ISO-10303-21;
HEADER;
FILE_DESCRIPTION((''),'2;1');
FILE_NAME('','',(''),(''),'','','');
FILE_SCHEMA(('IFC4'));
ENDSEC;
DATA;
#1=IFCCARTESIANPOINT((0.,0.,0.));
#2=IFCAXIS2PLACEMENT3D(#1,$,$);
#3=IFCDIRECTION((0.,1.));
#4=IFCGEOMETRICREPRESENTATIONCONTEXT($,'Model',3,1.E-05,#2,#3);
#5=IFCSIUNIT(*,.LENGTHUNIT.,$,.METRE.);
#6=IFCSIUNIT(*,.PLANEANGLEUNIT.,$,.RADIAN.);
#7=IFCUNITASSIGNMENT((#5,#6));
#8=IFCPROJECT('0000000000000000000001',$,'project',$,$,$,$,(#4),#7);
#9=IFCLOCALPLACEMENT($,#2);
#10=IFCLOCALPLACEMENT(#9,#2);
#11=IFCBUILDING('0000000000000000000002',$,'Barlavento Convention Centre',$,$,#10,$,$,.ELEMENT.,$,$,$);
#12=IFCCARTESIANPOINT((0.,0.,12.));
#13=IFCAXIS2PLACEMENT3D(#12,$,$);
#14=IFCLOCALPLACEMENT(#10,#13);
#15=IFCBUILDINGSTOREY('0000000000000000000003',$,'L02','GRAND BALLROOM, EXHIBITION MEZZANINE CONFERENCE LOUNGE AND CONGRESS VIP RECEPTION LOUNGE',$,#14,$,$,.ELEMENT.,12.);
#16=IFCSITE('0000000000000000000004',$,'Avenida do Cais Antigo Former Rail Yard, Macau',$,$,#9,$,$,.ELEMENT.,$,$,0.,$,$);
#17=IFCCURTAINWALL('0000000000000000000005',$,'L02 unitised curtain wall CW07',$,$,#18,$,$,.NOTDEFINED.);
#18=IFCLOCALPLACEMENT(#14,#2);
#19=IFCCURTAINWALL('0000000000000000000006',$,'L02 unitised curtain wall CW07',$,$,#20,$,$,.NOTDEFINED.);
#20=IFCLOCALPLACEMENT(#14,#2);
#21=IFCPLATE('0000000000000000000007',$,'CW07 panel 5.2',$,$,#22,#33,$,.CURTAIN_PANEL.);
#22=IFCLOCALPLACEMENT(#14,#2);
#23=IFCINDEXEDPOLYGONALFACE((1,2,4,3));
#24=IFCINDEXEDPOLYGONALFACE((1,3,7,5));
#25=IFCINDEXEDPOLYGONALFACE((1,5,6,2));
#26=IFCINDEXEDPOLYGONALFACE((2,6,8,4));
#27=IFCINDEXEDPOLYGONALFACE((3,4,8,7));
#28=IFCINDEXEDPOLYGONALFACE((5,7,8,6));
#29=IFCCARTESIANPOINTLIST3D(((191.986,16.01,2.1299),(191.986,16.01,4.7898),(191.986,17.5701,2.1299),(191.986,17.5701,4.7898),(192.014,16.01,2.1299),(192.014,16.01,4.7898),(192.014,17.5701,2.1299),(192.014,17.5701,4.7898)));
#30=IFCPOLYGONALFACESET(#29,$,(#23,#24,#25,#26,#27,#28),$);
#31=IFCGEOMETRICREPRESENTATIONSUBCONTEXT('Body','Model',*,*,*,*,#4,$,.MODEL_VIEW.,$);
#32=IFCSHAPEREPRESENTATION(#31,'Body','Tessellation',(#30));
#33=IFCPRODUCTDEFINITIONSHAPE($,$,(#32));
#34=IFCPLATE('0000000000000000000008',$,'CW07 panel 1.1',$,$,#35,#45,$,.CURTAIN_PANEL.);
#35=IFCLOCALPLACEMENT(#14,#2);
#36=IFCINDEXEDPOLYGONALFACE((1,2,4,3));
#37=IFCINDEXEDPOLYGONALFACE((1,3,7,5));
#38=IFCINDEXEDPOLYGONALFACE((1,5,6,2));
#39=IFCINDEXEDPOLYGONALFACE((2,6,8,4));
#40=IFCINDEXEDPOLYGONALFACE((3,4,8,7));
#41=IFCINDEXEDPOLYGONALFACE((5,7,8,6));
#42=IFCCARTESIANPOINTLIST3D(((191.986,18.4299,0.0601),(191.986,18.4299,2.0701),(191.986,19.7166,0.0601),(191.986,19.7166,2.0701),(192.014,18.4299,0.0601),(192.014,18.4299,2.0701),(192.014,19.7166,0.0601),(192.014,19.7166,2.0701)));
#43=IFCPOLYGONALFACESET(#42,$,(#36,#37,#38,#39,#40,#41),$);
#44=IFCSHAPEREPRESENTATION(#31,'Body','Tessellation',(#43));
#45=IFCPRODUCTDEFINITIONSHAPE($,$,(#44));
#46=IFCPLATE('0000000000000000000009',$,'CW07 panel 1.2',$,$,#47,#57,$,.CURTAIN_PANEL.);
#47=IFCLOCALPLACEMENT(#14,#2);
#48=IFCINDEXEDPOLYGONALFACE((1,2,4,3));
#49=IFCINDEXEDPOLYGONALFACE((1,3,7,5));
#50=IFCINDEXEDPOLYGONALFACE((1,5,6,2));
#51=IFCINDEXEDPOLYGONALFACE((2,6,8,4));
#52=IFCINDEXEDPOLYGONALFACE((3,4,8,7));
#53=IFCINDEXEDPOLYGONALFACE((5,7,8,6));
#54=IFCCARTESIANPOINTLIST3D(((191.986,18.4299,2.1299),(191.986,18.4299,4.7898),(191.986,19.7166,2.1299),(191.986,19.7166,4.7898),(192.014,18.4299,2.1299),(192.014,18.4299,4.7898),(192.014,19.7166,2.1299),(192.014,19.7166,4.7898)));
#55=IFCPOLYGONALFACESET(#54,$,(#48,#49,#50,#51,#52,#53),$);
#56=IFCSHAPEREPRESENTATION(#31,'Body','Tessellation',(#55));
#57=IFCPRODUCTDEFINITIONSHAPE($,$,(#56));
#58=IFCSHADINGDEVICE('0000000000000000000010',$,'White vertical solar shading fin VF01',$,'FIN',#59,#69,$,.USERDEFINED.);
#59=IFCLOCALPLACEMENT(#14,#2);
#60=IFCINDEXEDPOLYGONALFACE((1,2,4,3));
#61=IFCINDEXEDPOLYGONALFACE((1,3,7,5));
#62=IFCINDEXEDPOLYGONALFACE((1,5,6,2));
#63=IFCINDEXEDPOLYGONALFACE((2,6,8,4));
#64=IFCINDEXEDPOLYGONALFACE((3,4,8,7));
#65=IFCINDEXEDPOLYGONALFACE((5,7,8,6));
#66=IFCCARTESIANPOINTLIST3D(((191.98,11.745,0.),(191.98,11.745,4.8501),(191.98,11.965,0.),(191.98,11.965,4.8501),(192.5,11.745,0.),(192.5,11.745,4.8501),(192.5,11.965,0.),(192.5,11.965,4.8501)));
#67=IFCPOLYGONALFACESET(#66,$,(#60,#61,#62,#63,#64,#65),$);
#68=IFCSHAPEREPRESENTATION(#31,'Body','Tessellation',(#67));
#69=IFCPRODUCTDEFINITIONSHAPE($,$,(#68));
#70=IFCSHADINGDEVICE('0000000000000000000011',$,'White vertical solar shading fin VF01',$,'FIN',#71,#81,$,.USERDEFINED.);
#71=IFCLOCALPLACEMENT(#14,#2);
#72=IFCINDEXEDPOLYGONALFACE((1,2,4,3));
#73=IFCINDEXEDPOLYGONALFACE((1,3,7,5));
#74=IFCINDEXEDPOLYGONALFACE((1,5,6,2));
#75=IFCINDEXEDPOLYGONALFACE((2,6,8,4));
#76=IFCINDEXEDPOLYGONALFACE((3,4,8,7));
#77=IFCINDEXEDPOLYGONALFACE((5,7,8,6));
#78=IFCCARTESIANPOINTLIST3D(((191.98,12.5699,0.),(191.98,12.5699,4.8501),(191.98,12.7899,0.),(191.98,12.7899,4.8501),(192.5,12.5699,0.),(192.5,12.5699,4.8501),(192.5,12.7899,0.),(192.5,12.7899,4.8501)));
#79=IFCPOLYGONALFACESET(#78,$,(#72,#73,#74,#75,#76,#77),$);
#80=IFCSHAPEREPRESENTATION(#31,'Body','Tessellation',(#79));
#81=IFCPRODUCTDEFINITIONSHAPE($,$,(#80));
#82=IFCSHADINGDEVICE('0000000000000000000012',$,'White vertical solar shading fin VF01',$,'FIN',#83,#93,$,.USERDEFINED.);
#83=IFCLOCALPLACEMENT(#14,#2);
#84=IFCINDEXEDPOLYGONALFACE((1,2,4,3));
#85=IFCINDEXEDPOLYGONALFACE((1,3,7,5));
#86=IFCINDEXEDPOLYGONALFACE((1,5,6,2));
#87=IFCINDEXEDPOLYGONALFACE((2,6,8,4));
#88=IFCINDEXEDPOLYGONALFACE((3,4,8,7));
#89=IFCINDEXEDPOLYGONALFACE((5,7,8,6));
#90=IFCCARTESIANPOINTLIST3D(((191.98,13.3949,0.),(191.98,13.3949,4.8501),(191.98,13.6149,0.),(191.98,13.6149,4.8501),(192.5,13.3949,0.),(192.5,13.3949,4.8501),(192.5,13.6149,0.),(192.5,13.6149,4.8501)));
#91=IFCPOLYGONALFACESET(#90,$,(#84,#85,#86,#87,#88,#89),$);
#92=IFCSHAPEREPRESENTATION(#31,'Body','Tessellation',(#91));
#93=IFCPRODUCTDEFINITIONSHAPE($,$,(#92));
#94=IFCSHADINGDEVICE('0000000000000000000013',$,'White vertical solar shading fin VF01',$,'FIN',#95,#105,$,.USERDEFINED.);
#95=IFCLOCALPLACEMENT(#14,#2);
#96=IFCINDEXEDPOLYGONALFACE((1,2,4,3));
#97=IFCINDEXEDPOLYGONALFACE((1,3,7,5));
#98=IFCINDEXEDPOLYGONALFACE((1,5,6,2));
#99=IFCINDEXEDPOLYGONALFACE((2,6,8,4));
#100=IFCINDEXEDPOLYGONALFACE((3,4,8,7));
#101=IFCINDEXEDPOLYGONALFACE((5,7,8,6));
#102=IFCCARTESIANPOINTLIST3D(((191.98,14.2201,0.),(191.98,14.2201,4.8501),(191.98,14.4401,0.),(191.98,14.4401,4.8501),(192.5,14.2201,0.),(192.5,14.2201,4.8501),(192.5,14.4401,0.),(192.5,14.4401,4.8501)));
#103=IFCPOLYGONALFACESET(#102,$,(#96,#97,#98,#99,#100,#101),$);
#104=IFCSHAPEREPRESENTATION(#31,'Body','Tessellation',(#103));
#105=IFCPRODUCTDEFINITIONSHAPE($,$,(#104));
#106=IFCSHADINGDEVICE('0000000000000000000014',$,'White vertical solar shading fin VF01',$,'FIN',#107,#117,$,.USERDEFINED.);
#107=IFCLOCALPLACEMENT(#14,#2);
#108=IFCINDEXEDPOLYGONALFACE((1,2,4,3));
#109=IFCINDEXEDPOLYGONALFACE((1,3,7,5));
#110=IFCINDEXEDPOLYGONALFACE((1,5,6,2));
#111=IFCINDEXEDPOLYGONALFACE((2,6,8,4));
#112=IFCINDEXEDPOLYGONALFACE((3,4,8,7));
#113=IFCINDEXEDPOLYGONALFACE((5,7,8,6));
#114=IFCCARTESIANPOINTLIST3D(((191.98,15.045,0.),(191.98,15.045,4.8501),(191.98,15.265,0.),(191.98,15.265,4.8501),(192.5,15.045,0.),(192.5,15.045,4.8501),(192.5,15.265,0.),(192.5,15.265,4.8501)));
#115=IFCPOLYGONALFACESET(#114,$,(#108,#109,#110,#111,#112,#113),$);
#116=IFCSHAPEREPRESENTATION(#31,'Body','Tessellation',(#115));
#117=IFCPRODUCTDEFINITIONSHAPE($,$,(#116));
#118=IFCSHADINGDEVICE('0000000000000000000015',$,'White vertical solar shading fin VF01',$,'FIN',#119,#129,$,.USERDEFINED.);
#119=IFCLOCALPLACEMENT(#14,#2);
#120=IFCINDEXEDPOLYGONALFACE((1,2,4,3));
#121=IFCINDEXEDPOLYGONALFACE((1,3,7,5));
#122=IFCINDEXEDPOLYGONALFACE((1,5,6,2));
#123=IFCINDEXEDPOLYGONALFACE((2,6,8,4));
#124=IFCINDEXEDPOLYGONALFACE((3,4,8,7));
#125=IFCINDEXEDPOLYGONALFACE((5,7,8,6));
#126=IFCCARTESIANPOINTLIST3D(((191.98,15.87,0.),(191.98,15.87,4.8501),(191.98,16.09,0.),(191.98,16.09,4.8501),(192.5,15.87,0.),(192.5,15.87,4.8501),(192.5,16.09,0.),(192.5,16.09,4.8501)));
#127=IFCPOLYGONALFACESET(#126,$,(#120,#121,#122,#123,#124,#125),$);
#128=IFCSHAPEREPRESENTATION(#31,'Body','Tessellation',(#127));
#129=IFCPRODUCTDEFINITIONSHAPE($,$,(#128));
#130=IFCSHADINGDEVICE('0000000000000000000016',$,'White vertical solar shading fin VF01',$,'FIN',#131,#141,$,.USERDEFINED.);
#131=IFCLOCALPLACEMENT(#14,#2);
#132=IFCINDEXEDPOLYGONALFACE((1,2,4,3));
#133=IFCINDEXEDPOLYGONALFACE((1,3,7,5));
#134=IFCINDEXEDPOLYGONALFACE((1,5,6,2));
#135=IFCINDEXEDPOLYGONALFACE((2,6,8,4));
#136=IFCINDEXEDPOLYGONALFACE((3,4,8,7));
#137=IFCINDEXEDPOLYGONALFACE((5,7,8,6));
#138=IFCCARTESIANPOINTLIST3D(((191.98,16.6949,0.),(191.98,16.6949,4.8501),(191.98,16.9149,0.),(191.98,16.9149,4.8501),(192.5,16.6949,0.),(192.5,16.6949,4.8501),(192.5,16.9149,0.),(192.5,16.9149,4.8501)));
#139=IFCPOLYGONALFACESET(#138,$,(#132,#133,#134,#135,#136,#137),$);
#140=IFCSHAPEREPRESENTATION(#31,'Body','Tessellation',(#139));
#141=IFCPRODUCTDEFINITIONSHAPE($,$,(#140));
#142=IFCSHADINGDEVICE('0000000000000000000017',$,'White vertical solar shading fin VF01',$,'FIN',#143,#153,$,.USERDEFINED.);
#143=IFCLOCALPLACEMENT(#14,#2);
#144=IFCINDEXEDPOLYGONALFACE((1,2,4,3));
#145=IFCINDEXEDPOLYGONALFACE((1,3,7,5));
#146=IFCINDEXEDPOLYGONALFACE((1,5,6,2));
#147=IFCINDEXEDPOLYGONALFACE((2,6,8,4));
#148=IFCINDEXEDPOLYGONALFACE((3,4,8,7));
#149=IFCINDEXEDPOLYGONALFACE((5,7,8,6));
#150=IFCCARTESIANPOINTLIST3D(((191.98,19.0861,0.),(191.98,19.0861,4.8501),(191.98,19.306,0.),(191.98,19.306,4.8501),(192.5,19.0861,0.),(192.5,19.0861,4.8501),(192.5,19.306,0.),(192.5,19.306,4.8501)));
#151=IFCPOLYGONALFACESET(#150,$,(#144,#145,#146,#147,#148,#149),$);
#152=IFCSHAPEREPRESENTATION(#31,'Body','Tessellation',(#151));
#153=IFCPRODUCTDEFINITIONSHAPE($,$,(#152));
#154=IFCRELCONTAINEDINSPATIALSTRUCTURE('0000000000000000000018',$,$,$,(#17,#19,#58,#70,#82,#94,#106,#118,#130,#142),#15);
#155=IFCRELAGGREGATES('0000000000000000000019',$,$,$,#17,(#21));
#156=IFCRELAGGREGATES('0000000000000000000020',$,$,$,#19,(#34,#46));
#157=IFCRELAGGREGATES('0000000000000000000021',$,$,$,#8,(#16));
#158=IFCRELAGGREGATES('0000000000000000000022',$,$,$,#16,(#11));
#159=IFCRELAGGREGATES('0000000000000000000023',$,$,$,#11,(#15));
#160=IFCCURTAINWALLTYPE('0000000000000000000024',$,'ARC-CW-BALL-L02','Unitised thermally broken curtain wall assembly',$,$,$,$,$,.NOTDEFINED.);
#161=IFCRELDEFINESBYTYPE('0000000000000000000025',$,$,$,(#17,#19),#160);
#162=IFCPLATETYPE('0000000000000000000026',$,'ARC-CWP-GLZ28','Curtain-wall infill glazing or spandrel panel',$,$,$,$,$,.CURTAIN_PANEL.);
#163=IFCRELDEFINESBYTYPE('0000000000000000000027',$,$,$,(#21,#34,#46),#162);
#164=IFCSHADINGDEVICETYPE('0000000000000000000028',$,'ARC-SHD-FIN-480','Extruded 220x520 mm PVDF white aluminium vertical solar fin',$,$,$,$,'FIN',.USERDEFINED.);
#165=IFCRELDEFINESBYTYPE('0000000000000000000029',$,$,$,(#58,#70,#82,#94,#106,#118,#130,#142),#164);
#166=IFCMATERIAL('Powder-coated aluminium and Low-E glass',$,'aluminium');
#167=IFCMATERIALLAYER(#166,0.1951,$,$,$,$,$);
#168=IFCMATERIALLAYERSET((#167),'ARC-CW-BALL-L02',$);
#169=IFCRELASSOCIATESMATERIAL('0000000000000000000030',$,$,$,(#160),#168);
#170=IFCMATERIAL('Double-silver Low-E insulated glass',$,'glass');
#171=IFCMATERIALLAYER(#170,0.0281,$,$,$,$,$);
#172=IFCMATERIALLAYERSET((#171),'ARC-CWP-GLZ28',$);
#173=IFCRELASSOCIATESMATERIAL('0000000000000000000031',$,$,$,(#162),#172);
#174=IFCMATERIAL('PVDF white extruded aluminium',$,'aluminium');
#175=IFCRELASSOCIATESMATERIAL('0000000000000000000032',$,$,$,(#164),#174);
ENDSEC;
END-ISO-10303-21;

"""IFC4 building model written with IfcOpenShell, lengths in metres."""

from ifc_helpers import new_model, si_unit, direction, frame, origin, origin_2d, place, context, subcontext, project, spatial, rectangle, extrude, material, layer, layer_set, type_object, element, aggregate, save


model = new_model("IFC4")

# Units and contexts
model_context = context("Model", 3, precision=1e-05, world=origin(), true_north=direction((0.0, 1.0)))
body_context = subcontext(model_context, "Body", "Model", "MODEL_VIEW")
ifc_project = project(units=[si_unit("LENGTHUNIT", "METRE"), si_unit("PLANEANGLEUNIT", "RADIAN")], contexts=[model_context])

# Site, building, storey
site_placement = place(None, origin())
site = spatial("IfcSite", under=ifc_project, at=site_placement, Name="Avenida do Cais Antigo Former Rail Yard, Macau", CompositionType="ELEMENT", RefElevation=0.0)
building_placement = place(site_placement, origin())
building = spatial("IfcBuilding", under=site, at=building_placement, Name="Barlavento Convention Centre", CompositionType="ELEMENT")
storey_placement = place(building_placement, frame((0.0, 0.0, 12.0)))
storey = spatial("IfcBuildingStorey", under=building, at=storey_placement, Name="L02", Description="GRAND BALLROOM, EXHIBITION MEZZANINE CONFERENCE LOUNGE AND CONGRESS VIP RECEPTION LOUNGE", CompositionType="ELEMENT", Elevation=12.0)

# Curtain wall
ifc_material_1 = material(Name="Powder-coated aluminium and Low-E glass", Category="aluminium")
ifc_layer_1 = layer(ifc_material_1, 0.1951)
ifc_layer_set_1 = layer_set([ifc_layer_1], Name="ARC-CW-BALL-L02")
curtain_wall_type = type_object("IfcCurtainWallType", Name="ARC-CW-BALL-L02", Description="Unitised thermally broken curtain wall assembly", PredefinedType="NOTDEFINED", material=ifc_layer_set_1)
curtain_wall_1_placement = place(storey_placement, origin())
curtain_wall_1 = element("IfcCurtainWall", 1, at=curtain_wall_1_placement, inside=storey, type_object=curtain_wall_type, Name="L02 unitised curtain wall CW07", PredefinedType="NOTDEFINED")

# Curtain wall
curtain_wall_2_placement = place(storey_placement, origin())
curtain_wall_2 = element("IfcCurtainWall", 2, at=curtain_wall_2_placement, inside=storey, type_object=curtain_wall_type, Name="L02 unitised curtain wall CW07", PredefinedType="NOTDEFINED")

# Plates
ifc_material_2 = material(Name="Double-silver Low-E insulated glass", Category="glass")
ifc_layer_2 = layer(ifc_material_2, 0.0281)
ifc_layer_set_2 = layer_set([ifc_layer_2], Name="ARC-CWP-GLZ28")
plate_type = type_object("IfcPlateType", Name="ARC-CWP-GLZ28", Description="Curtain-wall infill glazing or spandrel panel", PredefinedType="CURTAIN_PANEL", material=ifc_layer_set_2)
plate_1_placement = place(storey_placement, frame((192.0, 16.79, 2.1299), z_axis=(0.0, 0.0, 1.0), x_axis=(0.0, 1.0, 0.0)))
plate_1 = element("IfcPlate", 3, at=plate_1_placement, type_object=plate_type, Name="CW07 panel 5.2", PredefinedType="CURTAIN_PANEL", context=body_context, shape_type="SweptSolid", body=[
    extrude(rectangle(XDim=1.5601, YDim=0.0281, at=origin_2d()), origin(), (0.0, 0.0, 1.0), 2.6599),
])
aggregate(curtain_wall_1, [plate_1])
plate_2_placement = place(storey_placement, frame((192.0, 19.0732, 0.0601), z_axis=(0.0, 0.0, 1.0), x_axis=(0.0, 1.0, 0.0)))
plate_2 = element("IfcPlate", 4, at=plate_2_placement, type_object=plate_type, Name="CW07 panel 1.1", PredefinedType="CURTAIN_PANEL", context=body_context, shape_type="SweptSolid", body=[
    extrude(rectangle(XDim=1.2866, YDim=0.0281, at=origin_2d()), origin(), (0.0, 0.0, 1.0), 2.01),
])
plate_3_placement = place(storey_placement, frame((192.0, 19.0732, 2.1299), z_axis=(0.0, 0.0, 1.0), x_axis=(0.0, 1.0, 0.0)))
plate_3 = element("IfcPlate", 5, at=plate_3_placement, type_object=plate_type, Name="CW07 panel 1.2", PredefinedType="CURTAIN_PANEL", context=body_context, shape_type="SweptSolid", body=[
    extrude(rectangle(XDim=1.2866, YDim=0.0281, at=origin_2d()), origin(), (0.0, 0.0, 1.0), 2.6599),
])
aggregate(curtain_wall_2, [plate_2, plate_3])

# Shading devices
ifc_material_3 = material(Name="PVDF white extruded aluminium", Category="aluminium")
shading_device_type = type_object("IfcShadingDeviceType", Name="ARC-SHD-FIN-480", Description="Extruded 220x520 mm PVDF white aluminium vertical solar fin", ElementType="FIN", PredefinedType="USERDEFINED", material=ifc_material_3)
for number, where, z_axis, x_axis, name in (
    (6, (192.24, 11.855, 0.0), (0.0, 0.0, 1.0), (0.0, 1.0, 0.0), "White vertical solar shading fin VF01"),
    (7, (192.24, 12.6799, 0.0), (0.0, 0.0, 1.0), (0.0, 1.0, 0.0), "White vertical solar shading fin VF01"),
    (8, (192.24, 13.5049, 0.0), (0.0, 0.0, 1.0), (0.0, 1.0, 0.0), "White vertical solar shading fin VF01"),
    (9, (192.24, 14.3301, 0.0), (0.0, 0.0, 1.0), (0.0, 1.0, 0.0), "White vertical solar shading fin VF01"),
    (10, (192.24, 15.155, 0.0), (0.0, 0.0, 1.0), (0.0, 1.0, 0.0), "White vertical solar shading fin VF01"),
    (11, (192.24, 15.98, 0.0), (0.0, 0.0, 1.0), (0.0, 1.0, 0.0), "White vertical solar shading fin VF01"),
    (12, (192.24, 16.8049, 0.0), (0.0, 0.0, 1.0), (0.0, 1.0, 0.0), "White vertical solar shading fin VF01"),
    (13, (192.24, 19.196, 0.0), (0.0, 0.0, 1.0), (0.0, 1.0, 0.0), "White vertical solar shading fin VF01"),
):
    element("IfcShadingDevice", number, at=place(storey_placement, frame(where, z_axis=z_axis, x_axis=x_axis)), inside=storey, type_object=shading_device_type, Name=name, ObjectType="FIN", PredefinedType="USERDEFINED", context=body_context, shape_type="SweptSolid", body=[
        extrude(rectangle(XDim=0.22, YDim=0.52, at=origin_2d()), origin(), (0.0, 0.0, 1.0), 4.8501),
    ])

save(model, "model.ifc")
